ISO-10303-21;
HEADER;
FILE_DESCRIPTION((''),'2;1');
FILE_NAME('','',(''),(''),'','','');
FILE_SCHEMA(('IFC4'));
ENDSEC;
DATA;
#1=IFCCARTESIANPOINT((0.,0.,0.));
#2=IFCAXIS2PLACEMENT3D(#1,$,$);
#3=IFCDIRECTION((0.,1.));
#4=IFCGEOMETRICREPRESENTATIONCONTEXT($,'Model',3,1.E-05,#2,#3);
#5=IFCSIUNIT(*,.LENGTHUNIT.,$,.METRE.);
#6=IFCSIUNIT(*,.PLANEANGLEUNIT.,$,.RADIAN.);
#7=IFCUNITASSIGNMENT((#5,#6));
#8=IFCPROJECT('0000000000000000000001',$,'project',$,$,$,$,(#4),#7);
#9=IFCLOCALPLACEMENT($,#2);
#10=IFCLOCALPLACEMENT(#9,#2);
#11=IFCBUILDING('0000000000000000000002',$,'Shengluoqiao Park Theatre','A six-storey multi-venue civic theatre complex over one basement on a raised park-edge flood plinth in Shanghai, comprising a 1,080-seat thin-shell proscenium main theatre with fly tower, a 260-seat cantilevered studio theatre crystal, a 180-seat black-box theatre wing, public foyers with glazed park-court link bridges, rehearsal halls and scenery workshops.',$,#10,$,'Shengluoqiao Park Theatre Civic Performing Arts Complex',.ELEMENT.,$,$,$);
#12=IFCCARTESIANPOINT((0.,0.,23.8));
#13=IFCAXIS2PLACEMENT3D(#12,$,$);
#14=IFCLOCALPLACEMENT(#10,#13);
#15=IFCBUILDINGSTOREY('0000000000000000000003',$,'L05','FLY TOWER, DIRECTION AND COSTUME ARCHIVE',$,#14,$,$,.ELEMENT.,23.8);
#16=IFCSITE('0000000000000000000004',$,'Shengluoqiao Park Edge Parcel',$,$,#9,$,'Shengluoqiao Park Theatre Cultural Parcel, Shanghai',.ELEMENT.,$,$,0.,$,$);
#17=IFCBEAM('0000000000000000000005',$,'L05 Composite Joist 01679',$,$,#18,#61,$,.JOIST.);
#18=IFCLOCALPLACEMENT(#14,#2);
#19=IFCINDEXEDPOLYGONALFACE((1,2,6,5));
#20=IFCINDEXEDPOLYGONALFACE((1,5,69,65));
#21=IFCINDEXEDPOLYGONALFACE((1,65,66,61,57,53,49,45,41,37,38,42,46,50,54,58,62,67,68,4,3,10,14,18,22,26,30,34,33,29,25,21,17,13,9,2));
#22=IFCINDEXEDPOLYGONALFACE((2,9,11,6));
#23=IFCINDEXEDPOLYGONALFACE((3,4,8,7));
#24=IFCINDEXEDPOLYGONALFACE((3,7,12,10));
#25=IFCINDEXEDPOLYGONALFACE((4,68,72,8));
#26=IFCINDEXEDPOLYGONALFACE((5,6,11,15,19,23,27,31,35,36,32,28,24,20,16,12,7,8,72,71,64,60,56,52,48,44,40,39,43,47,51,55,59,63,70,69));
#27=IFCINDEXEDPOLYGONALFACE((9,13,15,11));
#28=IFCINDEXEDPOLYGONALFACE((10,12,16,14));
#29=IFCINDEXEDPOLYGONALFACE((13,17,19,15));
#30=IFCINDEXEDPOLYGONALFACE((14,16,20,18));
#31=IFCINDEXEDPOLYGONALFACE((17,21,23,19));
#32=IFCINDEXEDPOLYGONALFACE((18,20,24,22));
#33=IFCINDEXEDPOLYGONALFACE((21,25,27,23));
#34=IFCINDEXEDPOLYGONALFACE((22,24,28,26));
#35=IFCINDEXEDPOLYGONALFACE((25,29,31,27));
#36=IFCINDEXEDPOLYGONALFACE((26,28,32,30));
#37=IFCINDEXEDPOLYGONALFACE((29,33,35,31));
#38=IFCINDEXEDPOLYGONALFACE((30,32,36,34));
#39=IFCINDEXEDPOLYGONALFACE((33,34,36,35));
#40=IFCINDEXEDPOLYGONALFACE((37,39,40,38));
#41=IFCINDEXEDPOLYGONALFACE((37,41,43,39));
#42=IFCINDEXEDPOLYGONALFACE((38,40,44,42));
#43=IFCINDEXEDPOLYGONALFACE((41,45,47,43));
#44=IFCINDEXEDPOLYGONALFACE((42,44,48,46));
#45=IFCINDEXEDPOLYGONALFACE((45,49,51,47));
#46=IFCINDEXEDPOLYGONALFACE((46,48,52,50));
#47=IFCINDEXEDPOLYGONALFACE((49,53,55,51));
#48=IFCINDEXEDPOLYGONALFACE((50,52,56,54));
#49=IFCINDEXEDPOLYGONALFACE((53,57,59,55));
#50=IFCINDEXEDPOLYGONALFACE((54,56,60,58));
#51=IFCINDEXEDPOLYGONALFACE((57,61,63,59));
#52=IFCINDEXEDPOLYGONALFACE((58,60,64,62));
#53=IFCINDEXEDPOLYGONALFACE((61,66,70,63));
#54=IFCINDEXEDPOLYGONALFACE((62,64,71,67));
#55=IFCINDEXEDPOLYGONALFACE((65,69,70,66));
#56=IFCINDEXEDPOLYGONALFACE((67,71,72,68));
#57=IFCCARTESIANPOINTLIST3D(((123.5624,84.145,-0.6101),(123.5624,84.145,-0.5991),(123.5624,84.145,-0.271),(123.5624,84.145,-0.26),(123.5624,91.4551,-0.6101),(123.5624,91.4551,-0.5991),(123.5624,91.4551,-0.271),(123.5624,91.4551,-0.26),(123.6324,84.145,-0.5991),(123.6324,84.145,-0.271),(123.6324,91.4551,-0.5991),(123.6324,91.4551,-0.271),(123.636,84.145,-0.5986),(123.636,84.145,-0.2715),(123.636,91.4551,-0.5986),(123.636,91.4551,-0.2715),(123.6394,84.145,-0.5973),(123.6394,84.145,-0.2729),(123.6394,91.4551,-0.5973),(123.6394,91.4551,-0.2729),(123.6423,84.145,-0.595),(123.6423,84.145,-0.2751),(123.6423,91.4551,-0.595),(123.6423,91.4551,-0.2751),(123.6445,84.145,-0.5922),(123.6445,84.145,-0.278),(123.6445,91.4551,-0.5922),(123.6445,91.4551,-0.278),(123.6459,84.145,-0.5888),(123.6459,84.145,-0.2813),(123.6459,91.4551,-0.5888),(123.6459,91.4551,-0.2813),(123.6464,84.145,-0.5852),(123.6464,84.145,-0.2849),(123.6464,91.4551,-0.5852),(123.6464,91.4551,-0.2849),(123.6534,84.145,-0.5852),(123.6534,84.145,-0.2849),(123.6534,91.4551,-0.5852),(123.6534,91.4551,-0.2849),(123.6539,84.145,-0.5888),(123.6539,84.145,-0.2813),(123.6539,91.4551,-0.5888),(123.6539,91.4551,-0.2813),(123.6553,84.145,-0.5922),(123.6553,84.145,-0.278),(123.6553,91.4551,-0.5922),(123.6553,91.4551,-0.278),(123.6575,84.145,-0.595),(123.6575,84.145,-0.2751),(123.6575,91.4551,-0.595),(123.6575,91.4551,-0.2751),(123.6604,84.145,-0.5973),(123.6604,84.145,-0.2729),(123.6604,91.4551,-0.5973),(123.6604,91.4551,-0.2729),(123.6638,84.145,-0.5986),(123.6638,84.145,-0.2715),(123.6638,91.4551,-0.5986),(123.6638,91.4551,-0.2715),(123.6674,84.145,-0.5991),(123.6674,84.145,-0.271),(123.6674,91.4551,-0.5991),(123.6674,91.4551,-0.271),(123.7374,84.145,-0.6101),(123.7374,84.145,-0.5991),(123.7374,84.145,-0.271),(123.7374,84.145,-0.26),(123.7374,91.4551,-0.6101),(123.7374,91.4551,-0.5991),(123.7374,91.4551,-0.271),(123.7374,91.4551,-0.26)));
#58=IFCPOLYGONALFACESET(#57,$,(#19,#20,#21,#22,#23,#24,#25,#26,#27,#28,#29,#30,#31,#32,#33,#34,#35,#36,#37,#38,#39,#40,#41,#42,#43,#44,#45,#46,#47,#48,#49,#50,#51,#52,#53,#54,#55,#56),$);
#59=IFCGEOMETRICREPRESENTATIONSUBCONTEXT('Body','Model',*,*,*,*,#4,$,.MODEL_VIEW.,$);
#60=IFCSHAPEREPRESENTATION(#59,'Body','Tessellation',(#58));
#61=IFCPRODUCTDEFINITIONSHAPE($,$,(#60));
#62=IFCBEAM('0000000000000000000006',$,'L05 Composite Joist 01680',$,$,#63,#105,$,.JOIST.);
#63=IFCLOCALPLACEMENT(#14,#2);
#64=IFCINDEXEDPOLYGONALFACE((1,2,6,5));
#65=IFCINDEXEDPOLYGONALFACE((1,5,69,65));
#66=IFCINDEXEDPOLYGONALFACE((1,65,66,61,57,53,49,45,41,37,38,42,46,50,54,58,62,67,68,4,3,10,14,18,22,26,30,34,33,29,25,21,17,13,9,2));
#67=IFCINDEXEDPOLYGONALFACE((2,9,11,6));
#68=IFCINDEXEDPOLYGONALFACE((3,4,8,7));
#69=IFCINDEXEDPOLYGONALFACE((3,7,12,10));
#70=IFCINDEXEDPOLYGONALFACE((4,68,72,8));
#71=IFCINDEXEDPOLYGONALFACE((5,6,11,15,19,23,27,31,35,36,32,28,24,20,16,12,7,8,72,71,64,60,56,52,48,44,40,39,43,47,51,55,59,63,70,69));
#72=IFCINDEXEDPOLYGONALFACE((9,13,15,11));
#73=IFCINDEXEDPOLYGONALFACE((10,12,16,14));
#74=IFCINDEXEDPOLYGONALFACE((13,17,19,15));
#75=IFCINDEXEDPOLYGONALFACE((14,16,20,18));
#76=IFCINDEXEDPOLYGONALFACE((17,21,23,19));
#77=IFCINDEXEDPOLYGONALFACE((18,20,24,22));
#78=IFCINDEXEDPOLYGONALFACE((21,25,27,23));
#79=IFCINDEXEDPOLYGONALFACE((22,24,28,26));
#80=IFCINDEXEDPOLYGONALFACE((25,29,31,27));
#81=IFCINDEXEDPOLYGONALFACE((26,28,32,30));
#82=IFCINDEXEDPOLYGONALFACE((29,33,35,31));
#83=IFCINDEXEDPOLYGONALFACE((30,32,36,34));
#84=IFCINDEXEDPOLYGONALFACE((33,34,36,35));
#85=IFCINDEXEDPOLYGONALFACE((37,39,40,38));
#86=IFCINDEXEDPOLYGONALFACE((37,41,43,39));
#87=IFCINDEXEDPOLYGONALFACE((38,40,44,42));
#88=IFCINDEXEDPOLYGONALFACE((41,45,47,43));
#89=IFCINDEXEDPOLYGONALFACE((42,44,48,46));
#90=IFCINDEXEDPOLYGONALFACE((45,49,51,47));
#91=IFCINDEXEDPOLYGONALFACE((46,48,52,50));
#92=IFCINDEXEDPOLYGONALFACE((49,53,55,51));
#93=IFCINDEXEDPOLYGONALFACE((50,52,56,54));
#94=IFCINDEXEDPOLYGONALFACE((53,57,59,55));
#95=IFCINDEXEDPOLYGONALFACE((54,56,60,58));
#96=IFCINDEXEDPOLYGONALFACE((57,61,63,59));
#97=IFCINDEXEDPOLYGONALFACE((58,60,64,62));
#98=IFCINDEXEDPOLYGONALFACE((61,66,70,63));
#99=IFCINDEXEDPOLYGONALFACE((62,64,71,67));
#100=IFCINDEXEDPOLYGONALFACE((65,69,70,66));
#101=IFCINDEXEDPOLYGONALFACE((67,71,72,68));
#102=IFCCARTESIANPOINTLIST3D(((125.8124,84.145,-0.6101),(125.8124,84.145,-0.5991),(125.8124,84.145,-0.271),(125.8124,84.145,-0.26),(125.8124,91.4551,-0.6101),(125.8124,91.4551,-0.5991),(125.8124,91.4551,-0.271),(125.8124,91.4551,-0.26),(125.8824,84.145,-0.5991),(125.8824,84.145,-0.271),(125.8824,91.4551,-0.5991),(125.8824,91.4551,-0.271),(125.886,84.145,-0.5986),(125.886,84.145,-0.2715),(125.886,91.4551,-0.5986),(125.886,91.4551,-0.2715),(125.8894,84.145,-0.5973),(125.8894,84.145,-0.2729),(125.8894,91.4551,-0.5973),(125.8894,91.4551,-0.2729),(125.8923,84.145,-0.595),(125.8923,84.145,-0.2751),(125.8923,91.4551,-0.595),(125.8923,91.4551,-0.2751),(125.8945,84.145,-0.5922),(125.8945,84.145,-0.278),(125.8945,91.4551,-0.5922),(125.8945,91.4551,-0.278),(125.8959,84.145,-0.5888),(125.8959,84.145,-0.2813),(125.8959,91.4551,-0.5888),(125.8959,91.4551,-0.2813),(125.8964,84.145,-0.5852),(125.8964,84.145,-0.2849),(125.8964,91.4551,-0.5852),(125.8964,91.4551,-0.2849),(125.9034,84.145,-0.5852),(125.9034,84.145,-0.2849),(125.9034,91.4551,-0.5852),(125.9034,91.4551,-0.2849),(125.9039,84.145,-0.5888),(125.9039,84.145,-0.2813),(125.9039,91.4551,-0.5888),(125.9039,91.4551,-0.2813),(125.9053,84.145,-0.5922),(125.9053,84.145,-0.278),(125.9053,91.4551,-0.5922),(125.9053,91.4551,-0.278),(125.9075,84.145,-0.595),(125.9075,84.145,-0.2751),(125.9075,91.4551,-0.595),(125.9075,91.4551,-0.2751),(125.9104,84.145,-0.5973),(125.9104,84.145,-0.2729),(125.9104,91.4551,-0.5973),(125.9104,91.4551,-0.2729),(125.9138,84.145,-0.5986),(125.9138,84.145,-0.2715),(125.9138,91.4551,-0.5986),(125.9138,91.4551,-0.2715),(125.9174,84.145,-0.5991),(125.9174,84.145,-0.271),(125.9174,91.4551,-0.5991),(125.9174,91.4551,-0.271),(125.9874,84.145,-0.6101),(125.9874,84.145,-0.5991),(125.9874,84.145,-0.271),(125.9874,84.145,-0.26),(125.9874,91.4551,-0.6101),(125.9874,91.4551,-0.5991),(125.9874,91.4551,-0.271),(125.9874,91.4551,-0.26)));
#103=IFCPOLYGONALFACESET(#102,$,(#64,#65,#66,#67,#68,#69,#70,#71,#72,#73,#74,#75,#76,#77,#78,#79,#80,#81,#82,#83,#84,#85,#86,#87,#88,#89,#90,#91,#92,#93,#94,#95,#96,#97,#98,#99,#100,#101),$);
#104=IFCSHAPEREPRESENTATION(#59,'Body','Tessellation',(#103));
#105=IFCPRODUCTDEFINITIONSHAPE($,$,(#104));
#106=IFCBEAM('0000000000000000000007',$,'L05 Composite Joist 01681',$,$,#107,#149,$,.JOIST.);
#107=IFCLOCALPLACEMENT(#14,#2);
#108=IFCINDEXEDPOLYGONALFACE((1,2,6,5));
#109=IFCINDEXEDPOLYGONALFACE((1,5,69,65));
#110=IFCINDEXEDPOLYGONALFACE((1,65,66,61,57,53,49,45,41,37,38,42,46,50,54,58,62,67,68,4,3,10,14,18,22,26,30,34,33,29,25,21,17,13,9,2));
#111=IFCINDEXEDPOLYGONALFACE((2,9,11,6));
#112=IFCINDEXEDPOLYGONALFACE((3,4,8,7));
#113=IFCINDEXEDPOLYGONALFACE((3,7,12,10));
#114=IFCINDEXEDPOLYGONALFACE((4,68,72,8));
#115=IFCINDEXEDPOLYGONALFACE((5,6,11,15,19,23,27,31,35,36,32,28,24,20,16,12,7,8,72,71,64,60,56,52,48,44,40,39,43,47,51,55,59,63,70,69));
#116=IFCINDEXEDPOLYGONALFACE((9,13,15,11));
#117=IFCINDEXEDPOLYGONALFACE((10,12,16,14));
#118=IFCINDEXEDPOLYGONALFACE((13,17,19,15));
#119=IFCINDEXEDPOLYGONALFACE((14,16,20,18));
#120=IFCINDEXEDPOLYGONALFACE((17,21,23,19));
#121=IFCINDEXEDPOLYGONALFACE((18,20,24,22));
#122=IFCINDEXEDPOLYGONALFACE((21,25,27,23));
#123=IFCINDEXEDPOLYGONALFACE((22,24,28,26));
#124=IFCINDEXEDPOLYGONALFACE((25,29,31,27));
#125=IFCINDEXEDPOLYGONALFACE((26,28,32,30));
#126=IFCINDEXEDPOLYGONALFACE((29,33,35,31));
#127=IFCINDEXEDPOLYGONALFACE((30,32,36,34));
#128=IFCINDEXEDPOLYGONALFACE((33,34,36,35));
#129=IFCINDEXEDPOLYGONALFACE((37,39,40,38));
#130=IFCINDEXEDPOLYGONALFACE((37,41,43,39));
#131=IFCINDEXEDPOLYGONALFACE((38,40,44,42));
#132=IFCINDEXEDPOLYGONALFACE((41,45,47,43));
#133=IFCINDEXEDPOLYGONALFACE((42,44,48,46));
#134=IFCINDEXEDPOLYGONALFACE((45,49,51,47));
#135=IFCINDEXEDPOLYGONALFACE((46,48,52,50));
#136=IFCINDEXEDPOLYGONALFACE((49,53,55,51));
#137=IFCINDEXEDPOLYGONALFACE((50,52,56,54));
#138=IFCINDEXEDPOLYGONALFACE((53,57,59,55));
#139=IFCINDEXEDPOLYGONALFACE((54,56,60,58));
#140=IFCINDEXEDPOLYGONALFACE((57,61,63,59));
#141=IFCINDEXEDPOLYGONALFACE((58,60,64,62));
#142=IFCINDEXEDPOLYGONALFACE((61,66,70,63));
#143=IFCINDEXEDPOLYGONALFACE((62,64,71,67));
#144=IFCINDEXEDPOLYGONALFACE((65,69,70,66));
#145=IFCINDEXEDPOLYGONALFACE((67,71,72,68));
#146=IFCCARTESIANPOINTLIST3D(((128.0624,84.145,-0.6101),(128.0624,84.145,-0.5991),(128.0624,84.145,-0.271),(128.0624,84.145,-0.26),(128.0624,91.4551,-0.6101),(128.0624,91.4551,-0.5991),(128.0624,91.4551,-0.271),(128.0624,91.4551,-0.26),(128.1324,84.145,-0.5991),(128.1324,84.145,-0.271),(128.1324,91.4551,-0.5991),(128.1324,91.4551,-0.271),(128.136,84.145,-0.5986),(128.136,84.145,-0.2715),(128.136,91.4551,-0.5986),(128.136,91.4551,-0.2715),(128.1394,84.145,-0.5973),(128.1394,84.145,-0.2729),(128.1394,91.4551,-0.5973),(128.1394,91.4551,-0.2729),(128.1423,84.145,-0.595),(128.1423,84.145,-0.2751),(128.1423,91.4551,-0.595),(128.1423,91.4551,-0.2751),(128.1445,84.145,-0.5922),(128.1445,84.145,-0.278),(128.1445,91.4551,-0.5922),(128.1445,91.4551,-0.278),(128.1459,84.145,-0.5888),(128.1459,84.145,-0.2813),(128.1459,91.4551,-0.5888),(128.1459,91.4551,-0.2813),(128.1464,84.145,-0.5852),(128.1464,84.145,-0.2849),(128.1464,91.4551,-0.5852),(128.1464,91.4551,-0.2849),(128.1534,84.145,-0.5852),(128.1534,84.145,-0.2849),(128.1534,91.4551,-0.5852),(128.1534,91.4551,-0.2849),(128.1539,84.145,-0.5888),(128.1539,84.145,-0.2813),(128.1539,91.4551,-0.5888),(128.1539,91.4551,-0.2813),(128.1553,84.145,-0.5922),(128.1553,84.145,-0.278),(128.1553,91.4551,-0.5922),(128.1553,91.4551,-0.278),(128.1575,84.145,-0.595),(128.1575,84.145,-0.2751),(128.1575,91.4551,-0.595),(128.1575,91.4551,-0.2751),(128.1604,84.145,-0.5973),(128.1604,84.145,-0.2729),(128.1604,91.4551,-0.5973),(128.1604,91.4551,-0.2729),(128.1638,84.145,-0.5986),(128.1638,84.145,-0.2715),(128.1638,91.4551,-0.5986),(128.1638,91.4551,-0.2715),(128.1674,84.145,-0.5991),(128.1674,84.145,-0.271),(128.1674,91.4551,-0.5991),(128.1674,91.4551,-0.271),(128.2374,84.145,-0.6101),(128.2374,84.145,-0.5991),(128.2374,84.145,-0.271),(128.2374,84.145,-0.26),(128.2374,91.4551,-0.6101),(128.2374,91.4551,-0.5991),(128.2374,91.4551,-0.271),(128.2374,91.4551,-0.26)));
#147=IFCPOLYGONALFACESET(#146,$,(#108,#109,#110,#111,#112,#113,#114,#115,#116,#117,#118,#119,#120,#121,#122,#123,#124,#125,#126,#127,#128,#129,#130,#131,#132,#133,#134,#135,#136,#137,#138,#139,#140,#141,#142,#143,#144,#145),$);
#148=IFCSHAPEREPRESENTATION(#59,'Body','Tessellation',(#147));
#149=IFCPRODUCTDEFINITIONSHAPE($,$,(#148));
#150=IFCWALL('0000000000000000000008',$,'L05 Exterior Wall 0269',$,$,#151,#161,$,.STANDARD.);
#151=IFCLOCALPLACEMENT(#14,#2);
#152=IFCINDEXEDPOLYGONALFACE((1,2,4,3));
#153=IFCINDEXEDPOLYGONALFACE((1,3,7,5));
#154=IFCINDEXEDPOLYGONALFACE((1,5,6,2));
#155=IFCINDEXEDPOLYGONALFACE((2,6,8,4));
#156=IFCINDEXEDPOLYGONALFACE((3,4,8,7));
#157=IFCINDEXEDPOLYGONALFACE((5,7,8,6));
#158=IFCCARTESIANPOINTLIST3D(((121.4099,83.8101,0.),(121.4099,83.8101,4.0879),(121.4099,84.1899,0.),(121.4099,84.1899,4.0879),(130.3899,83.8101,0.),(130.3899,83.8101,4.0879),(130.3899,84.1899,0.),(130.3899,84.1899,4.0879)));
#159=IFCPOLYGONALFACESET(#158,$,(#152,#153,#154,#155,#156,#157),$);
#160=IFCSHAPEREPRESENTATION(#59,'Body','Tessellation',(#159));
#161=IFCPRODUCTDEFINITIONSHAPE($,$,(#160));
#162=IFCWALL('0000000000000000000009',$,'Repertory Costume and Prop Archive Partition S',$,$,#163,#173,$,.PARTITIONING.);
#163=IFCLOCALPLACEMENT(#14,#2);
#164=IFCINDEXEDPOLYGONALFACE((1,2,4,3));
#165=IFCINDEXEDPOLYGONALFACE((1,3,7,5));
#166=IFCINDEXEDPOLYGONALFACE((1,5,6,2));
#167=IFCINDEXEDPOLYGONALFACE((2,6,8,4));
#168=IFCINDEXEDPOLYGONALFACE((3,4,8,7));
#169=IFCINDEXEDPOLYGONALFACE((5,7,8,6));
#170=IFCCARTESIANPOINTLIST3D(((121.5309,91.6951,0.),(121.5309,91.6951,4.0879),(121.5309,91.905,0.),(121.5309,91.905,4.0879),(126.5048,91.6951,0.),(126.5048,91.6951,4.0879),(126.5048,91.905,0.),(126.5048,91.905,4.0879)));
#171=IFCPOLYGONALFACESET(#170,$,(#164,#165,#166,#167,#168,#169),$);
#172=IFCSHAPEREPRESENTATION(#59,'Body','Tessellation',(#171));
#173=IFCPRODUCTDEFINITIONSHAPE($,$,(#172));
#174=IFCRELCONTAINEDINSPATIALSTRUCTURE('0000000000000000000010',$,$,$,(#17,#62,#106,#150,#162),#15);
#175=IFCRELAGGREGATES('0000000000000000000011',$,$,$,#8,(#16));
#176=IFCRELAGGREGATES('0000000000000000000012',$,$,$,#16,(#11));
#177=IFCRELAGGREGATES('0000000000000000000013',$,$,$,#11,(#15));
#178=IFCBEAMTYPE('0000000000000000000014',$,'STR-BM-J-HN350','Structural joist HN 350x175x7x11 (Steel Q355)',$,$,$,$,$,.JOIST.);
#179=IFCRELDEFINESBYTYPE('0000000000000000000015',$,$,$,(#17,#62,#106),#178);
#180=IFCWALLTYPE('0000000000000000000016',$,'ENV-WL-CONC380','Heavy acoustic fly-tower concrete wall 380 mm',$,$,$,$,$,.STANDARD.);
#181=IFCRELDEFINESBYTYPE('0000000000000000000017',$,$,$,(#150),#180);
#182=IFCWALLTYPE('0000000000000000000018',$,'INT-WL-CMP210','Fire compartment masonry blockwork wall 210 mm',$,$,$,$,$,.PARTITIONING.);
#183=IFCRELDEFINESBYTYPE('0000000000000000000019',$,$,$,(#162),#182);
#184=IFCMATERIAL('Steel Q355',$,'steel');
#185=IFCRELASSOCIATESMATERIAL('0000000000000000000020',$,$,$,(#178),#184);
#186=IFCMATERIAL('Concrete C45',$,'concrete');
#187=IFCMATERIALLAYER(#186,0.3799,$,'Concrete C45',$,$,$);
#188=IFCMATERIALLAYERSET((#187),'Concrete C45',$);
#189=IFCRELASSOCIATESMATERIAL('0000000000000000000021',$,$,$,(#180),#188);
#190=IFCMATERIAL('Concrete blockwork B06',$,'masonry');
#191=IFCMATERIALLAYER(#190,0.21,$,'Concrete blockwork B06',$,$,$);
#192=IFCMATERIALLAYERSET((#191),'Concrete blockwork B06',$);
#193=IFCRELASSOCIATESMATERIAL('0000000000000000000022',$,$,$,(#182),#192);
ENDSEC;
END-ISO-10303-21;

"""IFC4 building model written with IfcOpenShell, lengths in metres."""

from ifc_helpers import new_model, si_unit, direction, frame, frame_2d, origin, origin_2d, place, context, subcontext, project, spatial, rectangle, i_section, extrude, material, layer, layer_set, material_profile, profile_set, type_object, element, save


model = new_model("IFC4")

# Units and contexts
model_context = context("Model", 3, precision=1e-05, world=origin(), true_north=direction((0.0, 1.0)))
body_context = subcontext(model_context, "Body", "Model", "MODEL_VIEW")
ifc_project = project(units=[si_unit("LENGTHUNIT", "METRE"), si_unit("PLANEANGLEUNIT", "RADIAN")], contexts=[model_context])

# Site, building, storey
site_placement = place(None, origin())
site = spatial("IfcSite", under=ifc_project, at=site_placement, Name="Shengluoqiao Park Edge Parcel", LongName="Shengluoqiao Park Theatre Cultural Parcel, Shanghai", CompositionType="ELEMENT", RefElevation=0.0)
building_placement = place(site_placement, origin())
building = spatial("IfcBuilding", under=site, at=building_placement, Name="Shengluoqiao Park Theatre", Description="A six-storey multi-venue civic theatre complex over one basement on a raised park-edge flood plinth in Shanghai, comprising a 1,080-seat thin-shell proscenium main theatre with fly tower, a 260-seat cantilevered studio theatre crystal, a 180-seat black-box theatre wing, public foyers with glazed park-court link bridges, rehearsal halls and scenery workshops.", LongName="Shengluoqiao Park Theatre Civic Performing Arts Complex", CompositionType="ELEMENT")
storey_placement = place(building_placement, frame((0.0, 0.0, 23.8)))
storey = spatial("IfcBuildingStorey", under=building, at=storey_placement, Name="L05", Description="FLY TOWER, DIRECTION AND COSTUME ARCHIVE", CompositionType="ELEMENT", Elevation=23.8)

# Shared definitions
ifc_material_1 = material(Name="Steel Q355", Category="steel")

# Beams
ifc_material_profile_1 = material_profile(ifc_material_1, i_section(OverallWidth=0.175, OverallDepth=0.3501, WebThickness=0.0071, FlangeThickness=0.011, FilletRadius=0.0139, at=origin_2d()), Name="HN 350x175x7x11")
ifc_profile_set_1 = profile_set([ifc_material_profile_1], Name="Steel Q355")
beam_type_1 = type_object("IfcBeamType", Name="STR-BM-J-HN350", Description="Structural joist HN 350x175x7x11 (Steel Q355)", PredefinedType="JOIST", material=ifc_profile_set_1)
for number, where, z_axis, x_axis, name in (
    (1, (123.6499, 84.145, -0.4351), (0.0, 1.0, 0.0), (-1.0, 0.0, 0.0), "L05 Composite Joist 01679"),
    (2, (125.8999, 84.145, -0.4351), (0.0, 1.0, 0.0), (-1.0, 0.0, 0.0), "L05 Composite Joist 01680"),
    (3, (128.1499, 84.145, -0.4351), (0.0, 1.0, 0.0), (-1.0, 0.0, 0.0), "L05 Composite Joist 01681"),
):
    element("IfcBeam", number, at=place(storey_placement, frame(where, z_axis=z_axis, x_axis=x_axis)), inside=storey, type_object=beam_type_1, Name=name, PredefinedType="JOIST", context=body_context, shape_type="SweptSolid", body=[
        extrude(i_section(OverallWidth=0.175, OverallDepth=0.3501, WebThickness=0.0071, FlangeThickness=0.011, FilletRadius=0.0139, at=origin_2d()), origin(), (0.0, 0.0, 1.0), 7.3101),
    ])

# Walls
ifc_material_2 = material(Name="Concrete C45", Category="concrete")
ifc_layer_1 = layer(ifc_material_2, 0.3799, Name="Concrete C45")
ifc_layer_set_1 = layer_set([ifc_layer_1], Name="Concrete C45")
wall_type_1 = type_object("IfcWallType", Name="ENV-WL-CONC380", Description="Heavy acoustic fly-tower concrete wall 380 mm", PredefinedType="STANDARD", material=ifc_layer_set_1)
wall_1_placement = place(storey_placement, frame((121.4099, 84.0, 0.0), z_axis=(0.0, 0.0, 1.0), x_axis=(1.0, 0.0, 0.0)))
element("IfcWall", 4, at=wall_1_placement, inside=storey, type_object=wall_type_1, Name="L05 Exterior Wall 0269", PredefinedType="STANDARD", context=body_context, shape_type="SweptSolid", body=[
    extrude(rectangle(XDim=8.98, YDim=0.3799, at=frame_2d((4.49, 0.0))), origin(), (0.0, 0.0, 1.0), 4.0879),
])
ifc_material_3 = material(Name="Concrete blockwork B06", Category="masonry")
ifc_layer_2 = layer(ifc_material_3, 0.21, Name="Concrete blockwork B06")
ifc_layer_set_2 = layer_set([ifc_layer_2], Name="Concrete blockwork B06")
wall_type_2 = type_object("IfcWallType", Name="INT-WL-CMP210", Description="Fire compartment masonry blockwork wall 210 mm", PredefinedType="PARTITIONING", material=ifc_layer_set_2)
wall_2_placement = place(storey_placement, frame((121.531, 91.8, 0.0), z_axis=(0.0, 0.0, 1.0), x_axis=(1.0, 0.0, 0.0)))
element("IfcWall", 5, at=wall_2_placement, inside=storey, type_object=wall_type_2, Name="Repertory Costume and Prop Archive Partition S", PredefinedType="PARTITIONING", context=body_context, shape_type="SweptSolid", body=[
    extrude(rectangle(XDim=4.9739, YDim=0.21, at=frame_2d((2.4868, 0.0))), origin(), (0.0, 0.0, 1.0), 4.0879),
])

save(model, "model.ifc")
